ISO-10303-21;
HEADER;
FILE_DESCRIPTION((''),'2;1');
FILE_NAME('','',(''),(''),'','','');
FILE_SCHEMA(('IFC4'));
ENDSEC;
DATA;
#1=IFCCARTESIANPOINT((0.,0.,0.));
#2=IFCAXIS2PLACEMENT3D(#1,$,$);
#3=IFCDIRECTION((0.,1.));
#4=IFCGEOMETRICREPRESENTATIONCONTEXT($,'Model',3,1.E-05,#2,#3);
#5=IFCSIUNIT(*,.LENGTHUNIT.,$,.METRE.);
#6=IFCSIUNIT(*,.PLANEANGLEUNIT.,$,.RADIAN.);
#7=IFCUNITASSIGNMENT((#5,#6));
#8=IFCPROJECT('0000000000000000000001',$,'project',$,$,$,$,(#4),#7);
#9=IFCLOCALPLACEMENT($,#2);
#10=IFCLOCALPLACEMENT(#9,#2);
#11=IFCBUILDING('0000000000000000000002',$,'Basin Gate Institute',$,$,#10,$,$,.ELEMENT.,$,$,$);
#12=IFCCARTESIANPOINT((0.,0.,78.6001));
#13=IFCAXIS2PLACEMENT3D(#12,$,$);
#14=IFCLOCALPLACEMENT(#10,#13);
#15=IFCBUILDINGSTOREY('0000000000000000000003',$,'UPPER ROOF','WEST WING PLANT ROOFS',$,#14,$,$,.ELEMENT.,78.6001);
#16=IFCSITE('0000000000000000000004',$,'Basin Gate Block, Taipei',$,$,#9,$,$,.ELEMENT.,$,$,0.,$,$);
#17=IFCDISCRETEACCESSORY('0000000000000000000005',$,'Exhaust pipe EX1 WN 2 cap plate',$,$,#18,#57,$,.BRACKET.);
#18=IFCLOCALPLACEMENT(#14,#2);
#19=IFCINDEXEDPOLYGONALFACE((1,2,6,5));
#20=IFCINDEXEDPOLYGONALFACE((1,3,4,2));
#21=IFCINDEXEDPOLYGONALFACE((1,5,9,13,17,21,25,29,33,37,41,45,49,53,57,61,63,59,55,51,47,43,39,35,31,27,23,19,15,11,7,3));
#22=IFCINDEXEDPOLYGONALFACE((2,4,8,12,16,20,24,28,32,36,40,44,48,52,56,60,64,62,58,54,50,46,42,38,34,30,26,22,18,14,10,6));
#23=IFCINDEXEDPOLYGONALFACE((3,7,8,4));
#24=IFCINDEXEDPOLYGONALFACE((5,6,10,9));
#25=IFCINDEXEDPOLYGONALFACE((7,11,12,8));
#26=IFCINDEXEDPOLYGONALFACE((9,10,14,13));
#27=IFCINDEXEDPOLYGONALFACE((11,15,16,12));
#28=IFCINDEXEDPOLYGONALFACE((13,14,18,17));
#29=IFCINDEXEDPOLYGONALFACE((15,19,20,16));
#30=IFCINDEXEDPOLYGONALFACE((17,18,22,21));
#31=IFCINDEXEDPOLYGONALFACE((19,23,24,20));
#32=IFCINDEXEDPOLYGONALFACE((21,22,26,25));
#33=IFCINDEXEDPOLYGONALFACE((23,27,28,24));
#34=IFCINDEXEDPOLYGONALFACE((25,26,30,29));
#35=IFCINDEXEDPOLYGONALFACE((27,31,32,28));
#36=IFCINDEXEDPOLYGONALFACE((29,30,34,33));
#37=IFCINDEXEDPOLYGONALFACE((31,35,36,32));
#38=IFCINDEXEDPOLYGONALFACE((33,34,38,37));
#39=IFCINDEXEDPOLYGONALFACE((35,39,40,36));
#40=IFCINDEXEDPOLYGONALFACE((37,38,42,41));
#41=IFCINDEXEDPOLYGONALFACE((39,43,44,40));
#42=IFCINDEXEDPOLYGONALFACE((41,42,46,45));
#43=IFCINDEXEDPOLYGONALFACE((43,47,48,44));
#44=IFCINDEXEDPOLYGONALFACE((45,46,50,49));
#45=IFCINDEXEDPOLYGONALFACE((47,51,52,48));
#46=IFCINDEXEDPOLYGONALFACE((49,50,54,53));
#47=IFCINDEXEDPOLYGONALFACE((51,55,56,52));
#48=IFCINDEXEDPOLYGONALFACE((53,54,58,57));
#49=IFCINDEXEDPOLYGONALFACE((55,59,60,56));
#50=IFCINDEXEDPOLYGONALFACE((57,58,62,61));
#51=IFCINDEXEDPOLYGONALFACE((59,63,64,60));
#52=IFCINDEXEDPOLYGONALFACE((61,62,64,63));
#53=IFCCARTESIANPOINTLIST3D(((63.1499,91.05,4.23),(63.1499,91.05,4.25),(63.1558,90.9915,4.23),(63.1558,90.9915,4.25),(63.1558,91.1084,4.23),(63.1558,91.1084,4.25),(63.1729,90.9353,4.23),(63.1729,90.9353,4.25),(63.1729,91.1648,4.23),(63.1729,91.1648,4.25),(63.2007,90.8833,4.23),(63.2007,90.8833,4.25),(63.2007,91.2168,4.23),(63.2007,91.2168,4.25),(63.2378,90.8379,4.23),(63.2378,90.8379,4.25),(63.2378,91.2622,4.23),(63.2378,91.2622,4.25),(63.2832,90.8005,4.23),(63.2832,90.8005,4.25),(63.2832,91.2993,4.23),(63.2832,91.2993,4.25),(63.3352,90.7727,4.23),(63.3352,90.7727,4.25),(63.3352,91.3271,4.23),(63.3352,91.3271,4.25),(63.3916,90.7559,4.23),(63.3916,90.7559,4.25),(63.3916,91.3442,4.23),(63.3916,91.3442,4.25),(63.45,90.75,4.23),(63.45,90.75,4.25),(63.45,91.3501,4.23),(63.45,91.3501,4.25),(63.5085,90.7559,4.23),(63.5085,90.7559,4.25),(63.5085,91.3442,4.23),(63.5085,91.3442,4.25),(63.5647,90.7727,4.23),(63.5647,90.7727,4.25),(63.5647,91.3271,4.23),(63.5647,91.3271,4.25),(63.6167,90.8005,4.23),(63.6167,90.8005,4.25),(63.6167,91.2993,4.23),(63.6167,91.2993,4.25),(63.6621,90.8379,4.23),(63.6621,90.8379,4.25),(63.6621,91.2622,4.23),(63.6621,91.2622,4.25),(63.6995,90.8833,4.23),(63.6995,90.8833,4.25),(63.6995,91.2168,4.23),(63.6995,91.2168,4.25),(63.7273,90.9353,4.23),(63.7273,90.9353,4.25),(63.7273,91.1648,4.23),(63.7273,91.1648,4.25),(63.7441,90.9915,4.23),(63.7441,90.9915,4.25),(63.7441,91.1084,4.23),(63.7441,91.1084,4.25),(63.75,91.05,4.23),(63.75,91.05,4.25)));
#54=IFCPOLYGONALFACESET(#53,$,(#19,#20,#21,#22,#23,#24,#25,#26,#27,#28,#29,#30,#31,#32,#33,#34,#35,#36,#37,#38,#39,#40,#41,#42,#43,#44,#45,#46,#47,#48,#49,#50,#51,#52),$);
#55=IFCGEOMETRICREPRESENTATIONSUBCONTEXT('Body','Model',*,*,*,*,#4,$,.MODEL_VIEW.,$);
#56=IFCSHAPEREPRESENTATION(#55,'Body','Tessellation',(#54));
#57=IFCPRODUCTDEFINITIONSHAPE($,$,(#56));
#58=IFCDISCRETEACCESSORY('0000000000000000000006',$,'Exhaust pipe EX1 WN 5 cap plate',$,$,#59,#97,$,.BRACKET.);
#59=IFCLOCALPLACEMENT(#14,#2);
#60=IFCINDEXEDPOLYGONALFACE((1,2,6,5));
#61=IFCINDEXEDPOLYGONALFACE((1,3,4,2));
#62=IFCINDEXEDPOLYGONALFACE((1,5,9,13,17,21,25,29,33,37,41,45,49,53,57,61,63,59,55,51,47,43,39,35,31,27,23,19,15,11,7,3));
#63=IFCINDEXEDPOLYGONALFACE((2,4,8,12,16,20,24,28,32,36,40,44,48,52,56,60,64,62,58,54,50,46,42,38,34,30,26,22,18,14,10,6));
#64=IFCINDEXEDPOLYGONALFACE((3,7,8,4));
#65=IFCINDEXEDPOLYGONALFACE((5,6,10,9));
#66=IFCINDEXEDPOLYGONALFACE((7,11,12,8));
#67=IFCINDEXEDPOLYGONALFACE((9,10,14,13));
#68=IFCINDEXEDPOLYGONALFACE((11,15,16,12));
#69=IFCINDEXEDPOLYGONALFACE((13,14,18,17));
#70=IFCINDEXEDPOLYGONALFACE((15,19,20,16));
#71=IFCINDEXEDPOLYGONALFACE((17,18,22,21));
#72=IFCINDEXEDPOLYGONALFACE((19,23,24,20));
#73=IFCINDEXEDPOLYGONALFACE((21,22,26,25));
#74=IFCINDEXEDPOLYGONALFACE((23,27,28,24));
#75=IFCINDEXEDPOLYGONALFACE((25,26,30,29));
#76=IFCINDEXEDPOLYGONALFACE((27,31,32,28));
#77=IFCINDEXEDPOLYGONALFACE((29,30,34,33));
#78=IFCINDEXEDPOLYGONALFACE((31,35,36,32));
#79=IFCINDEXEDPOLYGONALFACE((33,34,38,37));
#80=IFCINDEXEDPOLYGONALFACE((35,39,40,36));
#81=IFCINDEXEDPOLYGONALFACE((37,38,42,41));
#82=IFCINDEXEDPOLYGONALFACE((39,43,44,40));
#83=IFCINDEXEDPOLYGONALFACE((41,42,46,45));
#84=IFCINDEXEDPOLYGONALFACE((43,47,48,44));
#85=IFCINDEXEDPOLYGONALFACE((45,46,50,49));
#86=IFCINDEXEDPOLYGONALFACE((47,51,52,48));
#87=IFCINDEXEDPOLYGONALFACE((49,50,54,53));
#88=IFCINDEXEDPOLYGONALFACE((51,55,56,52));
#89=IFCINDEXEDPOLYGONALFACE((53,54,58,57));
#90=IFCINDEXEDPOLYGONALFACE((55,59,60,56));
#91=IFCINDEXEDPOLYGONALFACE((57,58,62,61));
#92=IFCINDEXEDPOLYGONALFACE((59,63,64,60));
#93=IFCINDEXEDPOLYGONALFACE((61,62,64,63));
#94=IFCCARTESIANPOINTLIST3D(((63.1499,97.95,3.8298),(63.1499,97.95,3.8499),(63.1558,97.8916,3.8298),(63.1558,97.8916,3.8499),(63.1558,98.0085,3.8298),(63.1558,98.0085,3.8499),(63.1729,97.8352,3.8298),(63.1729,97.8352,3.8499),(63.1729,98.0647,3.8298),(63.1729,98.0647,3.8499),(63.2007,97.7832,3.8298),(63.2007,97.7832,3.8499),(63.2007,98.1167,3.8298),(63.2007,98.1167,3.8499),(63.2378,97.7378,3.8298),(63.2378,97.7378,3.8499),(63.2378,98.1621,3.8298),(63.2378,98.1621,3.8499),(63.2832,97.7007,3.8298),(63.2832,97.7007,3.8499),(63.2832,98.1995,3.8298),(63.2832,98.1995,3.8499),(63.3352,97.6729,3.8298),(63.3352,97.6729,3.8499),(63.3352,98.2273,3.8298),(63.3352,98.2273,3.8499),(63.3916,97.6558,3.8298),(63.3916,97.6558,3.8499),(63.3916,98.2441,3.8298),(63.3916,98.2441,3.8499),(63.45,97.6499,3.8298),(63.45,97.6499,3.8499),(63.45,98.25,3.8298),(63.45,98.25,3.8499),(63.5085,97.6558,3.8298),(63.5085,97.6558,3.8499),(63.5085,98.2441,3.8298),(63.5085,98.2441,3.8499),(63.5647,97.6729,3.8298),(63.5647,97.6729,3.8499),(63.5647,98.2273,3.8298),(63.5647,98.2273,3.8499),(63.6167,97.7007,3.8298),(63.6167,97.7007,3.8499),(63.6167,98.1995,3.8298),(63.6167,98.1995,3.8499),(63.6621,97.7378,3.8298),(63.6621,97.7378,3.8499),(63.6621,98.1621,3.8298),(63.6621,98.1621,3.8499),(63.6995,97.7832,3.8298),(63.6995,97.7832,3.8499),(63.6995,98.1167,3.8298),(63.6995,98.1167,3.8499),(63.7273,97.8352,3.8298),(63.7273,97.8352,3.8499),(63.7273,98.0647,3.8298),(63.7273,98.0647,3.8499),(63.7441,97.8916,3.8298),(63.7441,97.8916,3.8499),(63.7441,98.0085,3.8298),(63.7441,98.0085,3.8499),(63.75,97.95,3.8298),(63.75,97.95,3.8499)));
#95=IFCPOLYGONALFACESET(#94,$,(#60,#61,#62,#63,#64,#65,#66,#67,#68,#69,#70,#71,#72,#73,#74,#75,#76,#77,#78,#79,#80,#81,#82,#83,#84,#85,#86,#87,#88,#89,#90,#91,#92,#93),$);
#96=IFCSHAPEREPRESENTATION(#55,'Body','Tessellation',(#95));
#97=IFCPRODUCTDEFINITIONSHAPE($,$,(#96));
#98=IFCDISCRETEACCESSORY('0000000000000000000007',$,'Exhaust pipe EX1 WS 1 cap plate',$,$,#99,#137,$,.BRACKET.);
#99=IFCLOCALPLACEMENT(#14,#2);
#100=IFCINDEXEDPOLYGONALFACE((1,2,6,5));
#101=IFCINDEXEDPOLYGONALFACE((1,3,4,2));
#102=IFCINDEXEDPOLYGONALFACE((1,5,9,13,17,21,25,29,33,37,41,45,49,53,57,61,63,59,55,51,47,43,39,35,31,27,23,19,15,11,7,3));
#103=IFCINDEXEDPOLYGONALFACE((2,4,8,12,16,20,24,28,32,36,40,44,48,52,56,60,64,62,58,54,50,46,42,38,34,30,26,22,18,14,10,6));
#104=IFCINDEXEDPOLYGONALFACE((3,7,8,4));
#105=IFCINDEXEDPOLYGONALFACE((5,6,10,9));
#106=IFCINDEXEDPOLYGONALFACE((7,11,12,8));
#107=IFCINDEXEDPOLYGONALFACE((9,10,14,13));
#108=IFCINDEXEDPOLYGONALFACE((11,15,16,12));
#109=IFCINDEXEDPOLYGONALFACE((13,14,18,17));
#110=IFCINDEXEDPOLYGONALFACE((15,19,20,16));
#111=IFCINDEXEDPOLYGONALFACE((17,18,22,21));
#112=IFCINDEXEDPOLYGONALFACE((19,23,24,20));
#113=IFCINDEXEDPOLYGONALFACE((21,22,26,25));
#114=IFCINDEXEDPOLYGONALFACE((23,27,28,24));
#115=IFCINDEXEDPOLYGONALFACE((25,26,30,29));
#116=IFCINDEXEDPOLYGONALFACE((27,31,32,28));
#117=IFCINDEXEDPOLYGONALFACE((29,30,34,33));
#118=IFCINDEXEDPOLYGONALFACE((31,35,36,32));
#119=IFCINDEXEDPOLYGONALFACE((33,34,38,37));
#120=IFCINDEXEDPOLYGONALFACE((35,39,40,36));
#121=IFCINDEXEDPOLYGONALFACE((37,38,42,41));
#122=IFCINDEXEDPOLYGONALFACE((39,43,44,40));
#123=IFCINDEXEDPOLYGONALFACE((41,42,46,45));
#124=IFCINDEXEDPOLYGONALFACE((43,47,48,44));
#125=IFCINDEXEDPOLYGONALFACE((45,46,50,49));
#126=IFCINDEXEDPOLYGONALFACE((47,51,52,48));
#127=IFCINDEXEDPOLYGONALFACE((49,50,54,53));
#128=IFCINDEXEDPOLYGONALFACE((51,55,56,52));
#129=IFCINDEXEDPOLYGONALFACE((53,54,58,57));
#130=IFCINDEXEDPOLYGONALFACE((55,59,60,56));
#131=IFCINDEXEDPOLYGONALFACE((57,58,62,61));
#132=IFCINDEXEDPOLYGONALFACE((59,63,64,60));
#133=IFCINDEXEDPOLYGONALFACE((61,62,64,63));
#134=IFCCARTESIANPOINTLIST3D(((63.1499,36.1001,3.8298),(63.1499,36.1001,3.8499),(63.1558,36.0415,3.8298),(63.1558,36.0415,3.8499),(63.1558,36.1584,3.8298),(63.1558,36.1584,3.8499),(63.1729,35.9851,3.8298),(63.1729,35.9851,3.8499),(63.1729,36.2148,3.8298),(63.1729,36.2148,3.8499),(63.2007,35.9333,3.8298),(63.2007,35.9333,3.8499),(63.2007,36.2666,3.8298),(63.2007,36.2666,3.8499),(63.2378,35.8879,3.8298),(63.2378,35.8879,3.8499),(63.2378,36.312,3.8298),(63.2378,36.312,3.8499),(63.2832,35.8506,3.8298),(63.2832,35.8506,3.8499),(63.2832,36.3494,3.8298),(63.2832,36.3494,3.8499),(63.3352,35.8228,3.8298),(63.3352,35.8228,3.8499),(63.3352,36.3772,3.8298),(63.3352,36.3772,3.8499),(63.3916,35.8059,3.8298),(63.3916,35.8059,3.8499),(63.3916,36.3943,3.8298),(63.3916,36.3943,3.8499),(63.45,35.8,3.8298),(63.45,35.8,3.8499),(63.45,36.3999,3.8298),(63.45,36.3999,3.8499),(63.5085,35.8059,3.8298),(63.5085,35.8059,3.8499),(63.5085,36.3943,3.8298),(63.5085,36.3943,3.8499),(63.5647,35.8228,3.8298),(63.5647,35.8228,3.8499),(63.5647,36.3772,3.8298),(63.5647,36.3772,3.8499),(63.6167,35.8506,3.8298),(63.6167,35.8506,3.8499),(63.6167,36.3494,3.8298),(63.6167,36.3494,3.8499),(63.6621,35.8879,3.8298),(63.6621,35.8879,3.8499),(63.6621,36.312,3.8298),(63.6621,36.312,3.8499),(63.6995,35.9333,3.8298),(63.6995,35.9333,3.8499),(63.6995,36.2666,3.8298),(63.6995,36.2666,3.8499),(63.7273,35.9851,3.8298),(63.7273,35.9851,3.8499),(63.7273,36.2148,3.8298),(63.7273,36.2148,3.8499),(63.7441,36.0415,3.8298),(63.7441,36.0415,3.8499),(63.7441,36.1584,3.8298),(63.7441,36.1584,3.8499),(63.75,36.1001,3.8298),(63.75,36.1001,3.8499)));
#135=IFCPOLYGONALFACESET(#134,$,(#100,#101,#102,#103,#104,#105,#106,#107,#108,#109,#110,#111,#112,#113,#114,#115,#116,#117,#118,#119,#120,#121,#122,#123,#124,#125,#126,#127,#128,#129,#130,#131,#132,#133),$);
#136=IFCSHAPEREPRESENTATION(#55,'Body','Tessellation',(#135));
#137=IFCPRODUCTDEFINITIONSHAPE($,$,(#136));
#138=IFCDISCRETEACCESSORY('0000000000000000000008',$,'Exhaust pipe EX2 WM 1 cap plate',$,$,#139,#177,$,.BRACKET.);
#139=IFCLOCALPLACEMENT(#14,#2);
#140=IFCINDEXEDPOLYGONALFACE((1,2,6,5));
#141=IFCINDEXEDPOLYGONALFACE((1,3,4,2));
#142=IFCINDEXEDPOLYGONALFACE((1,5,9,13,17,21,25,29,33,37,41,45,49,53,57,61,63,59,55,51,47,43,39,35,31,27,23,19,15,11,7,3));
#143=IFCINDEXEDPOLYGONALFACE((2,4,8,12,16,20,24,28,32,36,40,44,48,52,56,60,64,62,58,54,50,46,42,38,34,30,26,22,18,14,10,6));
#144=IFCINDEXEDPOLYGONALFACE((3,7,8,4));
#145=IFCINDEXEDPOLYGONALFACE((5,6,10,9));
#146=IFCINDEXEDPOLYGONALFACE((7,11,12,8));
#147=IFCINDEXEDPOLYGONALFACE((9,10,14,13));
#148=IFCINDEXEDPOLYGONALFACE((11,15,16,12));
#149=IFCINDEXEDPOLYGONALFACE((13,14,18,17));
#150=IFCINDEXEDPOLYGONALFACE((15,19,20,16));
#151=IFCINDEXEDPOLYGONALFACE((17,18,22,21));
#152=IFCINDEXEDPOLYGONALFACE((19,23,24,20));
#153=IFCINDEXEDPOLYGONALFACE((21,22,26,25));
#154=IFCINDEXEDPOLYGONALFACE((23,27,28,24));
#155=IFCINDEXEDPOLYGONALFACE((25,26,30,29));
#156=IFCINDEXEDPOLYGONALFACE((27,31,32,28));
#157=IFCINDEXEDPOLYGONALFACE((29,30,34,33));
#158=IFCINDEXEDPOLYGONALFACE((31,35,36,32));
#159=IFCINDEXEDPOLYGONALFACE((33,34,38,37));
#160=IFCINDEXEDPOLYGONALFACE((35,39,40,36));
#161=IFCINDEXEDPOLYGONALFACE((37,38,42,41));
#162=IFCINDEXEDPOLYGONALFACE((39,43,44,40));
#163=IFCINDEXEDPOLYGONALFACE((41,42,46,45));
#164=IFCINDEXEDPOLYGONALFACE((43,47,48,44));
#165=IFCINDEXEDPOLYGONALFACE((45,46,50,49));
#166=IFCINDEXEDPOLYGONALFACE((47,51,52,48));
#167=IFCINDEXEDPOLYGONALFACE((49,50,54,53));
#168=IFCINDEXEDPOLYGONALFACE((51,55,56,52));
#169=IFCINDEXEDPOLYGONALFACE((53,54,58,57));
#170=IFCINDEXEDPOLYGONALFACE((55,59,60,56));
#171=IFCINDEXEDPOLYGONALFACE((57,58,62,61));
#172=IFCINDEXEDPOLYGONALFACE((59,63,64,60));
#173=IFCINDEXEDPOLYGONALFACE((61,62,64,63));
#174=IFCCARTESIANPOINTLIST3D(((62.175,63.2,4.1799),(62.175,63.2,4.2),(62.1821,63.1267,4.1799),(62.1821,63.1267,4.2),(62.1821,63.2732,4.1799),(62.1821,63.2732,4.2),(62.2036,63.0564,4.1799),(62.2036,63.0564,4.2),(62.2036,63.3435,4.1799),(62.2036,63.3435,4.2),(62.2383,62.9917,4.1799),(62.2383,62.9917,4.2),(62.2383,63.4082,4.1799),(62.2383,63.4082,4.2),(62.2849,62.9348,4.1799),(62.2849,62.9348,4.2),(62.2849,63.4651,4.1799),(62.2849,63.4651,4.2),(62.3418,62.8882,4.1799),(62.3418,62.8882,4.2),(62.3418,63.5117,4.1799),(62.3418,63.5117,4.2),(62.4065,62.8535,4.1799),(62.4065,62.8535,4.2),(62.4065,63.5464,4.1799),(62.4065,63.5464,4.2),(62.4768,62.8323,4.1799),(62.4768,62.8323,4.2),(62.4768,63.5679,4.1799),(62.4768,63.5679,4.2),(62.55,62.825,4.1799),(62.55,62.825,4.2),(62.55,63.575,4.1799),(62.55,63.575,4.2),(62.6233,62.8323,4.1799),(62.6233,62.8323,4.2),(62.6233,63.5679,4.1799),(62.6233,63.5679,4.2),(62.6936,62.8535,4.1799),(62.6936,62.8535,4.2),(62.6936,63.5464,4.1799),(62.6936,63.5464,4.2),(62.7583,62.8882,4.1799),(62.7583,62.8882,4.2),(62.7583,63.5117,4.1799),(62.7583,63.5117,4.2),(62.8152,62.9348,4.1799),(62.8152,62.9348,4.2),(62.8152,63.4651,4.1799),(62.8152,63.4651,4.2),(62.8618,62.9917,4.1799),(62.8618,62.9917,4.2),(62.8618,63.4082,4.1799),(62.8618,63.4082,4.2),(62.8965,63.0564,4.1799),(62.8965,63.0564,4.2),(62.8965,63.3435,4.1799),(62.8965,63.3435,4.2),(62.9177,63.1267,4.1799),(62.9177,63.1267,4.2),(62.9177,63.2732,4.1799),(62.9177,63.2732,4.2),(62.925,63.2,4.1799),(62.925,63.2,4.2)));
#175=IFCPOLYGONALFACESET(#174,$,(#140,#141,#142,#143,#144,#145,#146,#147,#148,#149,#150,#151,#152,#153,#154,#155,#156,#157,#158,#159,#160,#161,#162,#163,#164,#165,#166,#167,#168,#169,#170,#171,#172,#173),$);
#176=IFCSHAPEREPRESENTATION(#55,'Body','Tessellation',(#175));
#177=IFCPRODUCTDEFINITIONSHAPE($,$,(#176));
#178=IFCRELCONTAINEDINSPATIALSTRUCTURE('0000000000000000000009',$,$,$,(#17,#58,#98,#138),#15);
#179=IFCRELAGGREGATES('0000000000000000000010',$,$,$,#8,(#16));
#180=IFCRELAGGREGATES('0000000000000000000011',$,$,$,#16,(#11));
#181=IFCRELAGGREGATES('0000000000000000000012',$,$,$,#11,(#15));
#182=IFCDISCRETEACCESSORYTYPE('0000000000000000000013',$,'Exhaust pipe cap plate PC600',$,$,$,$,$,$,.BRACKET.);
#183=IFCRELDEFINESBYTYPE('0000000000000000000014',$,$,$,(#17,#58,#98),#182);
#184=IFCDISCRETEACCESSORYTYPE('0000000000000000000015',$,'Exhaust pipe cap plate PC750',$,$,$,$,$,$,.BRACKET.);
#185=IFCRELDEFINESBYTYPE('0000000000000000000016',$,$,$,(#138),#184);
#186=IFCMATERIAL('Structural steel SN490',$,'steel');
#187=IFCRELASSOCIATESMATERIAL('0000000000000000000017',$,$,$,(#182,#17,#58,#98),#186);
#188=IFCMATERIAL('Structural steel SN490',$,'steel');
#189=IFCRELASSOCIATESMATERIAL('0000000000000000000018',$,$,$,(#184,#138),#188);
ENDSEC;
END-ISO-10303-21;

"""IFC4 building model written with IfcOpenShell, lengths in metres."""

from ifc_helpers import new_model, si_unit, direction, frame, origin, place, context, subcontext, project, spatial, polyline, outline, extrude, material, type_object, element, save


model = new_model("IFC4")

# Units and contexts
model_context = context("Model", 3, precision=1e-05, world=origin(), true_north=direction((0.0, 1.0)))
body_context = subcontext(model_context, "Body", "Model", "MODEL_VIEW")
ifc_project = project(units=[si_unit("LENGTHUNIT", "METRE"), si_unit("PLANEANGLEUNIT", "RADIAN")], contexts=[model_context])

# Site, building, storey
site_placement = place(None, origin())
site = spatial("IfcSite", under=ifc_project, at=site_placement, Name="Basin Gate Block, Taipei", CompositionType="ELEMENT", RefElevation=0.0)
building_placement = place(site_placement, origin())
building = spatial("IfcBuilding", under=site, at=building_placement, Name="Basin Gate Institute", CompositionType="ELEMENT")
storey_placement = place(building_placement, frame((0.0, 0.0, 78.6001)))
storey = spatial("IfcBuildingStorey", under=building, at=storey_placement, Name="UPPER ROOF", Description="WEST WING PLANT ROOFS", CompositionType="ELEMENT", Elevation=78.6001)

# Discrete accessories
ifc_material_1 = material(Name="Structural steel SN490", Category="steel")
discrete_accessory_type_1 = type_object("IfcDiscreteAccessoryType", Name="Exhaust pipe cap plate PC600", PredefinedType="BRACKET", material=ifc_material_1)
discrete_accessory_1_placement = place(storey_placement, frame((0.0, 0.0, 4.23)))
element("IfcDiscreteAccessory", 1, at=discrete_accessory_1_placement, inside=storey, type_object=discrete_accessory_type_1, material=ifc_material_1, Name="Exhaust pipe EX1 WN 2 cap plate", PredefinedType="BRACKET", context=body_context, shape_type="SweptSolid", body=[
    extrude(outline(polyline([(63.75, 91.05), (63.7441, 91.1084), (63.7273, 91.1648), (63.6995, 91.2168), (63.6621, 91.2622), (63.6167, 91.2993), (63.5647, 91.3271), (63.5085, 91.3442), (63.45, 91.3501), (63.3916, 91.3442), (63.3352, 91.3271), (63.2832, 91.2993), (63.2378, 91.2622), (63.2007, 91.2168), (63.1729, 91.1648), (63.1558, 91.1084), (63.1499, 91.05), (63.1558, 90.9915), (63.1729, 90.9353), (63.2007, 90.8833), (63.2378, 90.8379), (63.2832, 90.8005), (63.3352, 90.7727), (63.3916, 90.7559), (63.45, 90.75), (63.5085, 90.7559), (63.5647, 90.7727), (63.6167, 90.8005), (63.6621, 90.8379), (63.6995, 90.8833), (63.7273, 90.9353), (63.7441, 90.9915), (63.75, 91.05)])), origin(), (0.0, 0.0, 1.0), 0.02),
])
discrete_accessory_2_placement = place(storey_placement, frame((0.0, 0.0, 3.8298)))
element("IfcDiscreteAccessory", 2, at=discrete_accessory_2_placement, inside=storey, type_object=discrete_accessory_type_1, material=ifc_material_1, Name="Exhaust pipe EX1 WN 5 cap plate", PredefinedType="BRACKET", context=body_context, shape_type="SweptSolid", body=[
    extrude(outline(polyline([(63.75, 97.95), (63.7441, 98.0085), (63.7273, 98.0647), (63.6995, 98.1167), (63.6621, 98.1621), (63.6167, 98.1995), (63.5647, 98.2273), (63.5085, 98.2441), (63.45, 98.25), (63.3916, 98.2441), (63.3352, 98.2273), (63.2832, 98.1995), (63.2378, 98.1621), (63.2007, 98.1167), (63.1729, 98.0647), (63.1558, 98.0085), (63.1499, 97.95), (63.1558, 97.8916), (63.1729, 97.8352), (63.2007, 97.7832), (63.2378, 97.7378), (63.2832, 97.7007), (63.3352, 97.6729), (63.3916, 97.6558), (63.45, 97.6499), (63.5085, 97.6558), (63.5647, 97.6729), (63.6167, 97.7007), (63.6621, 97.7378), (63.6995, 97.7832), (63.7273, 97.8352), (63.7441, 97.8916), (63.75, 97.95)])), origin(), (0.0, 0.0, 1.0), 0.02),
])
discrete_accessory_3_placement = place(storey_placement, frame((0.0, 0.0, 3.8298)))
element("IfcDiscreteAccessory", 3, at=discrete_accessory_3_placement, inside=storey, type_object=discrete_accessory_type_1, material=ifc_material_1, Name="Exhaust pipe EX1 WS 1 cap plate", PredefinedType="BRACKET", context=body_context, shape_type="SweptSolid", body=[
    extrude(outline(polyline([(63.75, 36.1001), (63.7441, 36.1584), (63.7273, 36.2148), (63.6995, 36.2666), (63.6621, 36.312), (63.6167, 36.3494), (63.5647, 36.3772), (63.5085, 36.3943), (63.45, 36.3999), (63.3916, 36.3943), (63.3352, 36.3772), (63.2832, 36.3494), (63.2378, 36.312), (63.2007, 36.2666), (63.1729, 36.2148), (63.1558, 36.1584), (63.1499, 36.1001), (63.1558, 36.0415), (63.1729, 35.9851), (63.2007, 35.9333), (63.2378, 35.8879), (63.2832, 35.8506), (63.3352, 35.8228), (63.3916, 35.8059), (63.45, 35.8), (63.5085, 35.8059), (63.5647, 35.8228), (63.6167, 35.8506), (63.6621, 35.8879), (63.6995, 35.9333), (63.7273, 35.9851), (63.7441, 36.0415), (63.75, 36.1001)])), origin(), (0.0, 0.0, 1.0), 0.02),
])
ifc_material_2 = material(Name="Structural steel SN490", Category="steel")
discrete_accessory_type_2 = type_object("IfcDiscreteAccessoryType", Name="Exhaust pipe cap plate PC750", PredefinedType="BRACKET", material=ifc_material_2)
discrete_accessory_4_placement = place(storey_placement, frame((0.0, 0.0, 4.1799)))
element("IfcDiscreteAccessory", 4, at=discrete_accessory_4_placement, inside=storey, type_object=discrete_accessory_type_2, material=ifc_material_2, Name="Exhaust pipe EX2 WM 1 cap plate", PredefinedType="BRACKET", context=body_context, shape_type="SweptSolid", body=[
    extrude(outline(polyline([(62.925, 63.2), (62.9177, 63.2732), (62.8965, 63.3435), (62.8618, 63.4082), (62.8152, 63.4651), (62.7583, 63.5117), (62.6936, 63.5464), (62.6233, 63.5679), (62.55, 63.575), (62.4768, 63.5679), (62.4065, 63.5464), (62.3418, 63.5117), (62.2849, 63.4651), (62.2383, 63.4082), (62.2036, 63.3435), (62.1821, 63.2732), (62.175, 63.2), (62.1821, 63.1267), (62.2036, 63.0564), (62.2383, 62.9917), (62.2849, 62.9348), (62.3418, 62.8882), (62.4065, 62.8535), (62.4768, 62.8323), (62.55, 62.825), (62.6233, 62.8323), (62.6936, 62.8535), (62.7583, 62.8882), (62.8152, 62.9348), (62.8618, 62.9917), (62.8965, 63.0564), (62.9177, 63.1267), (62.925, 63.2)])), origin(), (0.0, 0.0, 1.0), 0.02),
])

save(model, "model.ifc")
